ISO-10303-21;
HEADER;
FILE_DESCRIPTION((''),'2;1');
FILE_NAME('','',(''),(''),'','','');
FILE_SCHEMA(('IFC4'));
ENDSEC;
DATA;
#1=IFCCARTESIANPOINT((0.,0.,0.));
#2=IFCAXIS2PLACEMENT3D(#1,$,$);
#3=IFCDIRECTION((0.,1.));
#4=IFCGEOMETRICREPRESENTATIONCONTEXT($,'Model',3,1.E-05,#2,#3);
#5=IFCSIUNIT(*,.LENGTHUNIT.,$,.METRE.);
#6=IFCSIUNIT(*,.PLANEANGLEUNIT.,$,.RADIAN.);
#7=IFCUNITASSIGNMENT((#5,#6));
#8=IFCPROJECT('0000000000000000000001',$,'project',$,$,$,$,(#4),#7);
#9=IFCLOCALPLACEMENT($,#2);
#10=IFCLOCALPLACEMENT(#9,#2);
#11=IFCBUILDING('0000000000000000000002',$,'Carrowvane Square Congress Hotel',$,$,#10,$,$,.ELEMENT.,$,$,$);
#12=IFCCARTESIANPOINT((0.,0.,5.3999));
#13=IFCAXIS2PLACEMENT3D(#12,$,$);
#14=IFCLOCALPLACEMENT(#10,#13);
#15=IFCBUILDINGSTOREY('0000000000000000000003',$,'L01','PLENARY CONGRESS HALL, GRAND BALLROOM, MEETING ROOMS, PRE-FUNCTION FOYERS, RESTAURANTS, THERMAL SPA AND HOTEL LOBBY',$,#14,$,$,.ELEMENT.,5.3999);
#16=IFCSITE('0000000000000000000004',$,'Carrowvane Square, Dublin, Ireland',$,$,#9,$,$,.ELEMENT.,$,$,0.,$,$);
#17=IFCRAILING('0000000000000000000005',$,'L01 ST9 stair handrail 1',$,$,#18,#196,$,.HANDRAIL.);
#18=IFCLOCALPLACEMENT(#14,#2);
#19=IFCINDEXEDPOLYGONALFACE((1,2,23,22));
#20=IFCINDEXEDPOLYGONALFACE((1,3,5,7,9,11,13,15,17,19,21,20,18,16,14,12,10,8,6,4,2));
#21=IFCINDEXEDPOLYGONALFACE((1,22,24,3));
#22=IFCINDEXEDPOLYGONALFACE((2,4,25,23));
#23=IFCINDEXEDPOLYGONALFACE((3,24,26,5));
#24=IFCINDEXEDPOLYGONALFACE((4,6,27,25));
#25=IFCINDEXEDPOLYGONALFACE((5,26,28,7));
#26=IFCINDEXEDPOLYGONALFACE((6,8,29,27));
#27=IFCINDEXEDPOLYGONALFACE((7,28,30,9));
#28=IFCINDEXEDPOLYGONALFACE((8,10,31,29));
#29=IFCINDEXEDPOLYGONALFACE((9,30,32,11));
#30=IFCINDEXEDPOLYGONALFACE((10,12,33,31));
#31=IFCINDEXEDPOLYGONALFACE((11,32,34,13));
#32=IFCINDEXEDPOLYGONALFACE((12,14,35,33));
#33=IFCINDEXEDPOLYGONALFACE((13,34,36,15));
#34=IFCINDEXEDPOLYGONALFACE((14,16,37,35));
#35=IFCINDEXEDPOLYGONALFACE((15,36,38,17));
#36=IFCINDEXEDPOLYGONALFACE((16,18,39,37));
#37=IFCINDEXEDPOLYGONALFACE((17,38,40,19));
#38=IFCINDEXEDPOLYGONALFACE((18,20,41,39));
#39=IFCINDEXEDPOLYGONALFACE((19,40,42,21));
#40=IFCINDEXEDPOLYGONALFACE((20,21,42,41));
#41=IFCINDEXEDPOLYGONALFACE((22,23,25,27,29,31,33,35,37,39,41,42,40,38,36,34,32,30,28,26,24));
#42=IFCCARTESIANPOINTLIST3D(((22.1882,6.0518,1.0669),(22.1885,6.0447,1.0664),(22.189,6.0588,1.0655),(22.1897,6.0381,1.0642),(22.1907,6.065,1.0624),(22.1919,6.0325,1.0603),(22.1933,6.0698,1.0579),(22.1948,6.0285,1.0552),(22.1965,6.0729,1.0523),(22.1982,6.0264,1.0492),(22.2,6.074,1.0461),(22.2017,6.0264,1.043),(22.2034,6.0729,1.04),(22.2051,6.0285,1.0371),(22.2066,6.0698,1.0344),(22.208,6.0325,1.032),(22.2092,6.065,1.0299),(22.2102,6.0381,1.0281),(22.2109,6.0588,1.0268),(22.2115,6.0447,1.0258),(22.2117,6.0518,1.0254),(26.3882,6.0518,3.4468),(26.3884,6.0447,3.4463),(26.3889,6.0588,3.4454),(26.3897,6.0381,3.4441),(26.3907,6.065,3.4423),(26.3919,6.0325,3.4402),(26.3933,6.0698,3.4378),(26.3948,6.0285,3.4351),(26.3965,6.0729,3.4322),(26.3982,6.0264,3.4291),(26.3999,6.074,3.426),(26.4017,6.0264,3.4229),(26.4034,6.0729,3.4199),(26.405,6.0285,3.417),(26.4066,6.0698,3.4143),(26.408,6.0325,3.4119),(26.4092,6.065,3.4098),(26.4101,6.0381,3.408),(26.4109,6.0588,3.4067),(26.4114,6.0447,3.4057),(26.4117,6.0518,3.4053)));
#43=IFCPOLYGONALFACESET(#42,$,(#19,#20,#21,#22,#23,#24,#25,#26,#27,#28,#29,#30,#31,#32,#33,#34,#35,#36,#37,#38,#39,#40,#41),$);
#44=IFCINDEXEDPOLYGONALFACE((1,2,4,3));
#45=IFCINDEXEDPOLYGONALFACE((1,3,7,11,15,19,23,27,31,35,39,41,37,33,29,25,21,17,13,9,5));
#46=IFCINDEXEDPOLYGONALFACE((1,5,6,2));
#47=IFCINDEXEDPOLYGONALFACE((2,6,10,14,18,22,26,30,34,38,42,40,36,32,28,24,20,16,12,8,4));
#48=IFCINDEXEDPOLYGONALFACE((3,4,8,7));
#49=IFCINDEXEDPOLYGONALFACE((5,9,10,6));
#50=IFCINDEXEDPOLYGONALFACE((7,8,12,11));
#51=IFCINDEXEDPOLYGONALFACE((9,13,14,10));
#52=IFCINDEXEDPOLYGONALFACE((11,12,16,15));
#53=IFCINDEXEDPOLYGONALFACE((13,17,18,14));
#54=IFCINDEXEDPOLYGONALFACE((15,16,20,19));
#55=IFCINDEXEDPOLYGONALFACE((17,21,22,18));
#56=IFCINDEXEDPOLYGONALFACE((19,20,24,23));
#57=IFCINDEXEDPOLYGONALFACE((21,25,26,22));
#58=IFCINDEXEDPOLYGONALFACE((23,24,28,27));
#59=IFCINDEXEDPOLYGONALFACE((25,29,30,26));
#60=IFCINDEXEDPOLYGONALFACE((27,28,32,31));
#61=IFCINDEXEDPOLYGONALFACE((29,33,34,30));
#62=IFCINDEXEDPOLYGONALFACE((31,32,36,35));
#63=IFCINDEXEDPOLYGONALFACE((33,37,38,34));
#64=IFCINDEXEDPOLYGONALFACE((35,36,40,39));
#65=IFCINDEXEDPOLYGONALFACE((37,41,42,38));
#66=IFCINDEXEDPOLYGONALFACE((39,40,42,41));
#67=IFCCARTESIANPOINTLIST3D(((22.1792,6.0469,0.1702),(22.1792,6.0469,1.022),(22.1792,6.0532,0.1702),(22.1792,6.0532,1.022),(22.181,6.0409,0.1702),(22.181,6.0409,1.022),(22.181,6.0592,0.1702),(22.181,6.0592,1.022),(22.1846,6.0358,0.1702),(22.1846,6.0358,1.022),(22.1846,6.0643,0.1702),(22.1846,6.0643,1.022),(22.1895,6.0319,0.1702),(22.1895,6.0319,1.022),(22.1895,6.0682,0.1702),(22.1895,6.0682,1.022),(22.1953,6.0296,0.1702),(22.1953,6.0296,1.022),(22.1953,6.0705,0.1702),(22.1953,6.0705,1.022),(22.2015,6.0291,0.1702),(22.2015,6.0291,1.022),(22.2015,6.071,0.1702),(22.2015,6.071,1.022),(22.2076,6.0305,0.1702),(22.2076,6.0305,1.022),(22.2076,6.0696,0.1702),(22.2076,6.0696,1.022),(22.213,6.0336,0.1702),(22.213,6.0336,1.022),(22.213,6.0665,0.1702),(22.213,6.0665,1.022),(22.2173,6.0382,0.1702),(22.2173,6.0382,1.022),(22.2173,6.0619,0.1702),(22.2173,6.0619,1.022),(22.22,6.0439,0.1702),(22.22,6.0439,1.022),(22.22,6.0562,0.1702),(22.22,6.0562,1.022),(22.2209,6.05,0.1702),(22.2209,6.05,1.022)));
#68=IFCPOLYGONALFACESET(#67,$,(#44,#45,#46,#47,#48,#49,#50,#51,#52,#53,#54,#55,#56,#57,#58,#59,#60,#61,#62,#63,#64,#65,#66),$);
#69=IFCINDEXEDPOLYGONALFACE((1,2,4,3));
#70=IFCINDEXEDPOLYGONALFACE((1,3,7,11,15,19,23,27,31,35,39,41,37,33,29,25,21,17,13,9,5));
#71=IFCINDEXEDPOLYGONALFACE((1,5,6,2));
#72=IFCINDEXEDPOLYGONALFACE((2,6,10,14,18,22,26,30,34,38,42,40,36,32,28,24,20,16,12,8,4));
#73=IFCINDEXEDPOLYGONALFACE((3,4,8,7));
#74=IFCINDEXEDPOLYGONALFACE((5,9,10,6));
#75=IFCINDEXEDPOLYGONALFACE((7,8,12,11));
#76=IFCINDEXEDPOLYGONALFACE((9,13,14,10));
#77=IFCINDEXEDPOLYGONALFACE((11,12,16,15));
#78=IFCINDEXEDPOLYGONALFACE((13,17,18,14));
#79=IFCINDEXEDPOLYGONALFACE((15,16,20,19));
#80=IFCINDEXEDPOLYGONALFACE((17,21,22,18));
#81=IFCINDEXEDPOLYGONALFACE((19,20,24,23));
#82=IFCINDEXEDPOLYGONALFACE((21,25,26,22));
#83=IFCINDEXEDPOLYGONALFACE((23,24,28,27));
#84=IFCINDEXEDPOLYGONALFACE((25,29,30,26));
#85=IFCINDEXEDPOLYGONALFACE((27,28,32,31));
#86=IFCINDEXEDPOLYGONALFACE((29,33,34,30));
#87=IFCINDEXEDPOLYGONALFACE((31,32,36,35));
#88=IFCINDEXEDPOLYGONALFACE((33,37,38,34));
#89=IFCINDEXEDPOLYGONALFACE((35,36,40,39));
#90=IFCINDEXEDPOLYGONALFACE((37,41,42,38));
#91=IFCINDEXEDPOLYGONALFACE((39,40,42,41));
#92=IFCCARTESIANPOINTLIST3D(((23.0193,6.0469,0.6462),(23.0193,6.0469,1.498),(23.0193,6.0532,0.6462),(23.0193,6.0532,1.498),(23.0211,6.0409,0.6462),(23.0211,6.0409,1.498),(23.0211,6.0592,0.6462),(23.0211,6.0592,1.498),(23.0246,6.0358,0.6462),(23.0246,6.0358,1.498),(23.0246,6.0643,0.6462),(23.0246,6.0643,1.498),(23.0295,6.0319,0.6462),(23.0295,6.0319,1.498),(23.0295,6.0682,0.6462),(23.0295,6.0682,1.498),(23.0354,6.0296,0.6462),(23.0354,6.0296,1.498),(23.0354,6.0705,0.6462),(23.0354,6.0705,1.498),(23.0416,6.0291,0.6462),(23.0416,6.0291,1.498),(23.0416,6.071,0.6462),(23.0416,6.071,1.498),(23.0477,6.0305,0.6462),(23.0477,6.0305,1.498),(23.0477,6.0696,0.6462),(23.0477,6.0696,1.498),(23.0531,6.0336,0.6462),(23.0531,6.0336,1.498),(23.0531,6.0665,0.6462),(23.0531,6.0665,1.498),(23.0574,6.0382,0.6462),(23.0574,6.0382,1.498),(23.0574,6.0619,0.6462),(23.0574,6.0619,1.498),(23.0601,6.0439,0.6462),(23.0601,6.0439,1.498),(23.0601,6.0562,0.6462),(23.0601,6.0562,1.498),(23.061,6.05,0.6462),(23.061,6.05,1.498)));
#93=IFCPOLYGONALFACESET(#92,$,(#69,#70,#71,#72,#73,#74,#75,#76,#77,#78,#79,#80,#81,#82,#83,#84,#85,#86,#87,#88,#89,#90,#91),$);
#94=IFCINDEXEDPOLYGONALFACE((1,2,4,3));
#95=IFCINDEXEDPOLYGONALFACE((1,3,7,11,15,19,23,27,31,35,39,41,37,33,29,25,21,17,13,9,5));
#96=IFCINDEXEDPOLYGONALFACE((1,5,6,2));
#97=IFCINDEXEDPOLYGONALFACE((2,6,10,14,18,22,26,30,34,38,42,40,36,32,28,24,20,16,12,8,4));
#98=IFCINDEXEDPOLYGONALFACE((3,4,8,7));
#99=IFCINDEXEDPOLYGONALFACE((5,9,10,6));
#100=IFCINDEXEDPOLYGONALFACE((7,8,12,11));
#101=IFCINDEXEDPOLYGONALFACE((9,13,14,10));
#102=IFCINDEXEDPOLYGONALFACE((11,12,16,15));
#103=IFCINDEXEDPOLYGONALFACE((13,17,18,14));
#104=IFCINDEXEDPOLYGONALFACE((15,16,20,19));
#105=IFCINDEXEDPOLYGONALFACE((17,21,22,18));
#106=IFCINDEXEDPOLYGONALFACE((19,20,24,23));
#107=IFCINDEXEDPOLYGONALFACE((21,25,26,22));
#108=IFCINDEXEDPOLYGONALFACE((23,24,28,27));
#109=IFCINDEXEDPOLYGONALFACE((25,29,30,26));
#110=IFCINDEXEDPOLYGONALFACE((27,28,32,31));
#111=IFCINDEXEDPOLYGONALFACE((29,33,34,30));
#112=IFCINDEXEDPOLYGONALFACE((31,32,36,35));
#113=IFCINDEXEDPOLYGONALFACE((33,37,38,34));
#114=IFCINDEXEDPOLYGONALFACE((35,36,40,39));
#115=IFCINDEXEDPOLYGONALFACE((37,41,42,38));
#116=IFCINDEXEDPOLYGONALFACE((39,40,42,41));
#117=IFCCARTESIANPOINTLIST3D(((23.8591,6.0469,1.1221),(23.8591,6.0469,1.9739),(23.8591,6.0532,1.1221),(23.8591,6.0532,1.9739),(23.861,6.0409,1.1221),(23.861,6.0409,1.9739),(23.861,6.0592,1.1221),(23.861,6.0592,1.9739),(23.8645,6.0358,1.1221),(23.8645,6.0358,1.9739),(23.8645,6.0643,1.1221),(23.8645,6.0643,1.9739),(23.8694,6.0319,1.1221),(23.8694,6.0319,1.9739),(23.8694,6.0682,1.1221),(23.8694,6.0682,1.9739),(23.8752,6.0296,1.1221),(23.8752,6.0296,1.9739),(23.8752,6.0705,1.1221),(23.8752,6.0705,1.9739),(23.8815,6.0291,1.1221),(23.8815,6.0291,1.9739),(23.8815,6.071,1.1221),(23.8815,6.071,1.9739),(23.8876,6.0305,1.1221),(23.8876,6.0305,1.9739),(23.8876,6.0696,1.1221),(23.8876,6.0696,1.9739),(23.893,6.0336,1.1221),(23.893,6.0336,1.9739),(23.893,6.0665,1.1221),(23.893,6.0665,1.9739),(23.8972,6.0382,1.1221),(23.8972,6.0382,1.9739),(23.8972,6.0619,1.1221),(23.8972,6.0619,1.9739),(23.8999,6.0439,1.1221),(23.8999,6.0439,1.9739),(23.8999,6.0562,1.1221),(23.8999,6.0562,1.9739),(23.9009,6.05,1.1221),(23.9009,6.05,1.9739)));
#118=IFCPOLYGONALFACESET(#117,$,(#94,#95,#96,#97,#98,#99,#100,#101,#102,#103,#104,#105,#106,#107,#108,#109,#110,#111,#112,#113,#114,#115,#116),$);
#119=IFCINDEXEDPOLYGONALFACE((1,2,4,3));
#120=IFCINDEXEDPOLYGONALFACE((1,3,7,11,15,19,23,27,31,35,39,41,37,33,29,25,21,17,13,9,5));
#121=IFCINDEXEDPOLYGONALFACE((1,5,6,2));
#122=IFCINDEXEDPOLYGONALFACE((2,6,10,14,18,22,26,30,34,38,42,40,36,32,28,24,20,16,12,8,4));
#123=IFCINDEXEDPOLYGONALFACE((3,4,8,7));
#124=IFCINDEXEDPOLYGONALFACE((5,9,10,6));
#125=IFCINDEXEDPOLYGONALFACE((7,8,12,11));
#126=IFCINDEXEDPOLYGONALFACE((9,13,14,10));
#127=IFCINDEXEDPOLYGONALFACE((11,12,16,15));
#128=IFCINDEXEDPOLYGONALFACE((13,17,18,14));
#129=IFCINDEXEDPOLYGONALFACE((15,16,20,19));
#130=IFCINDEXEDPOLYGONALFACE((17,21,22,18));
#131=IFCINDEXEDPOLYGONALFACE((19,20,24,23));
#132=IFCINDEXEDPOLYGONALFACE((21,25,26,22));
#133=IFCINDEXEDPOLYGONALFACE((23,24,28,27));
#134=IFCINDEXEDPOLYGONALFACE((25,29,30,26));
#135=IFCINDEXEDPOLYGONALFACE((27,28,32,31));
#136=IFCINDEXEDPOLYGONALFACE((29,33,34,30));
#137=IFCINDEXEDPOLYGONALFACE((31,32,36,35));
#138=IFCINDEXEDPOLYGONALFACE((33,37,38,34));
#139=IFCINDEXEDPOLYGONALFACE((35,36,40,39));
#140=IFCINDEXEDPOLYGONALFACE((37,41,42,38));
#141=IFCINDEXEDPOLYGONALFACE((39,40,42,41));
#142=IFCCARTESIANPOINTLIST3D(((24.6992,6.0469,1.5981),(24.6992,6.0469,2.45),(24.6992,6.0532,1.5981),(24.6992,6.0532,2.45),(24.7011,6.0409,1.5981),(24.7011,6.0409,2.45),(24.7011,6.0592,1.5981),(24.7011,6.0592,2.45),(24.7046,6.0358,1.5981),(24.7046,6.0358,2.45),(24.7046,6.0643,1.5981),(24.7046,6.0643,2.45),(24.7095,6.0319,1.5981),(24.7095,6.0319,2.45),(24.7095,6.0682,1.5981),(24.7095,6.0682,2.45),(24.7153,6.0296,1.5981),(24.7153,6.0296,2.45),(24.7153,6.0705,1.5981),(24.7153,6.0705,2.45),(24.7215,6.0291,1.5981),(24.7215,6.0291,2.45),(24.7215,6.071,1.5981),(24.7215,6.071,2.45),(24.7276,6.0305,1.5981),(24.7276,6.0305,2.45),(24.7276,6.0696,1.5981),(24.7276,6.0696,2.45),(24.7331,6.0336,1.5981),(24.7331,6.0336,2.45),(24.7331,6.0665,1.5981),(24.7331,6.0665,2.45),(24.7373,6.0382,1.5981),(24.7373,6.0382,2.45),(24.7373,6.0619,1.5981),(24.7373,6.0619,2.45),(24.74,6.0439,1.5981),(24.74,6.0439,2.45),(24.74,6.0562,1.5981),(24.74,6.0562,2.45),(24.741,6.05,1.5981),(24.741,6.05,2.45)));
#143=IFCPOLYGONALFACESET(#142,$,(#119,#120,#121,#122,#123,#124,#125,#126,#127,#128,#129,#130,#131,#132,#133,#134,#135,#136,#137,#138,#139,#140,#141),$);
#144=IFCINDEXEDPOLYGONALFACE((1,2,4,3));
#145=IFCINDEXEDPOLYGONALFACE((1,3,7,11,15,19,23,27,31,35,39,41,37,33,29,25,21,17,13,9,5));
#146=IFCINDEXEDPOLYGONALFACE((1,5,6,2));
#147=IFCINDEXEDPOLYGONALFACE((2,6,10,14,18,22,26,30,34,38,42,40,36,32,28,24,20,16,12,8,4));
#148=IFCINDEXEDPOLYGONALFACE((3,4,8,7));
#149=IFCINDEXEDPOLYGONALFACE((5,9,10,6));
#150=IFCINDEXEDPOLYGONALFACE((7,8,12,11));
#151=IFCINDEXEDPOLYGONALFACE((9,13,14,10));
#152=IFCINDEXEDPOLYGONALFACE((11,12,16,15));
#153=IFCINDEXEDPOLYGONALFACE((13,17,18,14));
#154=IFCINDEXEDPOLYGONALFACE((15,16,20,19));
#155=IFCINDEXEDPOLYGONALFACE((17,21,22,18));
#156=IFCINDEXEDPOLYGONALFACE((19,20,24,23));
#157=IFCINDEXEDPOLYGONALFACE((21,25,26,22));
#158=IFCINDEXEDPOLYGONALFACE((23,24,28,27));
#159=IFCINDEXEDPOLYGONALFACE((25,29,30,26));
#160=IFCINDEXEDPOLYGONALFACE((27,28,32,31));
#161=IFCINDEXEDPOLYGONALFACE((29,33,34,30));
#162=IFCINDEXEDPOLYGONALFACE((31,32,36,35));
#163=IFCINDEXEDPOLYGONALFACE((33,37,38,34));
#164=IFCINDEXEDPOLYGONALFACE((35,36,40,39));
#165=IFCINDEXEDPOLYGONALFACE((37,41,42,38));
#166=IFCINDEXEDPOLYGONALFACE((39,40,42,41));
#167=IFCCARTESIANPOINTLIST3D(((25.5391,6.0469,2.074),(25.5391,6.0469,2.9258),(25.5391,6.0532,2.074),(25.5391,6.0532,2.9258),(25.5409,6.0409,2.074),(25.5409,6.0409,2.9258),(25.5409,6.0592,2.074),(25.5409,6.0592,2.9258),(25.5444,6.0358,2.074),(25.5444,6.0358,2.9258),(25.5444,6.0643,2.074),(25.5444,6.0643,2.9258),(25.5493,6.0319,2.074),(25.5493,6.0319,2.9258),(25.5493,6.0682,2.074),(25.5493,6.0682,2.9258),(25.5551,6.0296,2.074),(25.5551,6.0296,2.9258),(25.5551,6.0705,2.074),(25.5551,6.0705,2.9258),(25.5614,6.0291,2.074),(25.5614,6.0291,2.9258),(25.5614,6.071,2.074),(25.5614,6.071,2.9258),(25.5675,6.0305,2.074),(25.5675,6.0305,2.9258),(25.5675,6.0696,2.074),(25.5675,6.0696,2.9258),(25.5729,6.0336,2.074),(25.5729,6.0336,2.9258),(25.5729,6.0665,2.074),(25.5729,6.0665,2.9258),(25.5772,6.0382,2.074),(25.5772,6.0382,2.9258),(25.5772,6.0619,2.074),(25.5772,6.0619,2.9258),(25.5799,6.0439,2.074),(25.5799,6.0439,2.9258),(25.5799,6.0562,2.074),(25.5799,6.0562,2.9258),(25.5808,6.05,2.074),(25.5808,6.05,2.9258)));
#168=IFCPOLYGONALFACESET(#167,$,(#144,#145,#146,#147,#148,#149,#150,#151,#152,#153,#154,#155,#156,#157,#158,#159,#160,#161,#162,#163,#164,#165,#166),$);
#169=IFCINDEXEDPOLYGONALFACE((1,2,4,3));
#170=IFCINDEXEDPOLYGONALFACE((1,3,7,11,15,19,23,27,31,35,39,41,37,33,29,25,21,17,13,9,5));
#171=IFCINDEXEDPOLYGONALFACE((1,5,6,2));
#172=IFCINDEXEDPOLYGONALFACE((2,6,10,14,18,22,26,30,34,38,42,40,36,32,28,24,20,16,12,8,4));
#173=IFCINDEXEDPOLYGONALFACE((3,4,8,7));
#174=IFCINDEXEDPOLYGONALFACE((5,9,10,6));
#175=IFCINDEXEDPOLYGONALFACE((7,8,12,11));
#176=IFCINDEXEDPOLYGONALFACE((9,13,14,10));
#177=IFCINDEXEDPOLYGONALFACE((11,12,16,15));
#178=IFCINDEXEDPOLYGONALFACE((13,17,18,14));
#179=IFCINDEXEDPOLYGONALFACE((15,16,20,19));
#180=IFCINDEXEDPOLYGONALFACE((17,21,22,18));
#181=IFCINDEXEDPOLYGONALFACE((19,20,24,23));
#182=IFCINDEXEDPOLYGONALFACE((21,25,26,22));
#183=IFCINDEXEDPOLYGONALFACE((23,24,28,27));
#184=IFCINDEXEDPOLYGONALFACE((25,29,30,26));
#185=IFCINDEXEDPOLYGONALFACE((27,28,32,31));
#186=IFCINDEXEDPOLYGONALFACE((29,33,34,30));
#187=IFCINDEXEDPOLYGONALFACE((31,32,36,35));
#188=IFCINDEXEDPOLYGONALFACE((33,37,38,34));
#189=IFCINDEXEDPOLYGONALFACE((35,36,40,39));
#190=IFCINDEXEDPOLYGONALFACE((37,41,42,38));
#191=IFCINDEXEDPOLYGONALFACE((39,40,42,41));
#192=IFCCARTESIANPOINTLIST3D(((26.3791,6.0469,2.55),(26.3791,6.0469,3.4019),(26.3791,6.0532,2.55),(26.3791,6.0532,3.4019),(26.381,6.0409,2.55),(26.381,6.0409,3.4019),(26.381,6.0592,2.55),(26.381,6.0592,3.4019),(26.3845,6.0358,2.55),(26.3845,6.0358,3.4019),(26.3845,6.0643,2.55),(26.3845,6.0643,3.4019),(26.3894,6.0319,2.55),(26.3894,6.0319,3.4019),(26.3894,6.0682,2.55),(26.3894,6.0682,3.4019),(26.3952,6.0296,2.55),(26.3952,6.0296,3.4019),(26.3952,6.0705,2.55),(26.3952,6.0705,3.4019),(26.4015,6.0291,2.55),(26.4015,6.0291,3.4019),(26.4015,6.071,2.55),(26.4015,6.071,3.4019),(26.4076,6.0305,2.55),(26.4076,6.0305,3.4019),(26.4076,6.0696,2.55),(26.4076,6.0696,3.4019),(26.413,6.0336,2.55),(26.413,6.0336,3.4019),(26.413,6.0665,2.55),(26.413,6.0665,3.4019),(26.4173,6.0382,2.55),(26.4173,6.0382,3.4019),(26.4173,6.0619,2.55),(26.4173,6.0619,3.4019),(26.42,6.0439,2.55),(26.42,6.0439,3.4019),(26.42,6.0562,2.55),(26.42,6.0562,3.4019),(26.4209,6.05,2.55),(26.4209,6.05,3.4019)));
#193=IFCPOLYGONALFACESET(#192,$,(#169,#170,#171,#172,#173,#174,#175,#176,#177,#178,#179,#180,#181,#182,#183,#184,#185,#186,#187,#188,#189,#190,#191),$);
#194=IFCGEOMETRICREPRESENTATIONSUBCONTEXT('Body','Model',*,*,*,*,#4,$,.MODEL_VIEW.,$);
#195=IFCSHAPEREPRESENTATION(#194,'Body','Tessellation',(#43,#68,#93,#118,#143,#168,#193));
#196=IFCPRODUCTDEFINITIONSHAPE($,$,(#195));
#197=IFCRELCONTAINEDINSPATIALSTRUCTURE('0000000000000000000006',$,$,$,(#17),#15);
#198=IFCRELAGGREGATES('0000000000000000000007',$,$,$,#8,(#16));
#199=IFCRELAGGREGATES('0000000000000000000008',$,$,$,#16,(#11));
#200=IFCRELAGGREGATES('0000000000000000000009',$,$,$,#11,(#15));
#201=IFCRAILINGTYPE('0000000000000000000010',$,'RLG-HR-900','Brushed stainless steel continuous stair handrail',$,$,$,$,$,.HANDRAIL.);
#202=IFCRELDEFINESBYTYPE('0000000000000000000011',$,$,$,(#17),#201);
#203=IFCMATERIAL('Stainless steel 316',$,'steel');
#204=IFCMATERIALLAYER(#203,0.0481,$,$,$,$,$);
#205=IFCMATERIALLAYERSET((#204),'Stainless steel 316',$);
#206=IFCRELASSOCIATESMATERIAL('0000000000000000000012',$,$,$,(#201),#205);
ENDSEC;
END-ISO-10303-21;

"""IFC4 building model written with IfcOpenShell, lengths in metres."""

from ifc_helpers import new_model, si_unit, direction, frame, origin, origin_2d, place, context, subcontext, project, spatial, circle, extrude, material, layer, layer_set, type_object, element, save


model = new_model("IFC4")

# Units and contexts
model_context = context("Model", 3, precision=1e-05, world=origin(), true_north=direction((0.0, 1.0)))
body_context = subcontext(model_context, "Body", "Model", "MODEL_VIEW")
ifc_project = project(units=[si_unit("LENGTHUNIT", "METRE"), si_unit("PLANEANGLEUNIT", "RADIAN")], contexts=[model_context])

# Site, building, storey
site_placement = place(None, origin())
site = spatial("IfcSite", under=ifc_project, at=site_placement, Name="Carrowvane Square, Dublin, Ireland", CompositionType="ELEMENT", RefElevation=0.0)
building_placement = place(site_placement, origin())
building = spatial("IfcBuilding", under=site, at=building_placement, Name="Carrowvane Square Congress Hotel", CompositionType="ELEMENT")
storey_placement = place(building_placement, frame((0.0, 0.0, 5.3999)))
storey = spatial("IfcBuildingStorey", under=building, at=storey_placement, Name="L01", Description="PLENARY CONGRESS HALL, GRAND BALLROOM, MEETING ROOMS, PRE-FUNCTION FOYERS, RESTAURANTS, THERMAL SPA AND HOTEL LOBBY", CompositionType="ELEMENT", Elevation=5.3999)

# Railing
ifc_material_1 = material(Name="Stainless steel 316", Category="steel")
ifc_layer_1 = layer(ifc_material_1, 0.0481)
ifc_layer_set_1 = layer_set([ifc_layer_1], Name="Stainless steel 316")
railing_type_1 = type_object("IfcRailingType", Name="RLG-HR-900", Description="Brushed stainless steel continuous stair handrail", PredefinedType="HANDRAIL", material=ifc_layer_set_1)
railing_1_placement = place(storey_placement, frame((22.2, 6.05, 0.1702)))
element("IfcRailing", 1, at=railing_1_placement, inside=storey, type_object=railing_type_1, Name="L01 ST9 stair handrail 1", PredefinedType="HANDRAIL", context=body_context, shape_type="SweptSolid", body=[
    extrude(circle(Radius=0.0239, at=origin_2d()), frame((0.0, 0.0, 0.876), z_axis=(0.87003, 0.0, 0.492999), x_axis=(0.0, 1.0, 0.0)), (0.0, 0.0, 1.0), 4.8274),
    extrude(circle(Radius=0.021, at=origin_2d()), origin(), (0.0, 0.0, 1.0), 0.8518),
    extrude(circle(Radius=0.021, at=origin_2d()), frame((0.8401, 0.0, 0.4761)), (0.0, 0.0, 1.0), 0.8518),
    extrude(circle(Radius=0.021, at=origin_2d()), frame((1.6799, 0.0, 0.9519)), (0.0, 0.0, 1.0), 0.8518),
    extrude(circle(Radius=0.021, at=origin_2d()), frame((2.52, 0.0, 1.428)), (0.0, 0.0, 1.0), 0.8518),
    extrude(circle(Radius=0.021, at=origin_2d()), frame((3.3599, 0.0, 1.9038)), (0.0, 0.0, 1.0), 0.8518),
    extrude(circle(Radius=0.021, at=origin_2d()), frame((4.2, 0.0, 2.3799)), (0.0, 0.0, 1.0), 0.8518),
])

save(model, "model.ifc")
